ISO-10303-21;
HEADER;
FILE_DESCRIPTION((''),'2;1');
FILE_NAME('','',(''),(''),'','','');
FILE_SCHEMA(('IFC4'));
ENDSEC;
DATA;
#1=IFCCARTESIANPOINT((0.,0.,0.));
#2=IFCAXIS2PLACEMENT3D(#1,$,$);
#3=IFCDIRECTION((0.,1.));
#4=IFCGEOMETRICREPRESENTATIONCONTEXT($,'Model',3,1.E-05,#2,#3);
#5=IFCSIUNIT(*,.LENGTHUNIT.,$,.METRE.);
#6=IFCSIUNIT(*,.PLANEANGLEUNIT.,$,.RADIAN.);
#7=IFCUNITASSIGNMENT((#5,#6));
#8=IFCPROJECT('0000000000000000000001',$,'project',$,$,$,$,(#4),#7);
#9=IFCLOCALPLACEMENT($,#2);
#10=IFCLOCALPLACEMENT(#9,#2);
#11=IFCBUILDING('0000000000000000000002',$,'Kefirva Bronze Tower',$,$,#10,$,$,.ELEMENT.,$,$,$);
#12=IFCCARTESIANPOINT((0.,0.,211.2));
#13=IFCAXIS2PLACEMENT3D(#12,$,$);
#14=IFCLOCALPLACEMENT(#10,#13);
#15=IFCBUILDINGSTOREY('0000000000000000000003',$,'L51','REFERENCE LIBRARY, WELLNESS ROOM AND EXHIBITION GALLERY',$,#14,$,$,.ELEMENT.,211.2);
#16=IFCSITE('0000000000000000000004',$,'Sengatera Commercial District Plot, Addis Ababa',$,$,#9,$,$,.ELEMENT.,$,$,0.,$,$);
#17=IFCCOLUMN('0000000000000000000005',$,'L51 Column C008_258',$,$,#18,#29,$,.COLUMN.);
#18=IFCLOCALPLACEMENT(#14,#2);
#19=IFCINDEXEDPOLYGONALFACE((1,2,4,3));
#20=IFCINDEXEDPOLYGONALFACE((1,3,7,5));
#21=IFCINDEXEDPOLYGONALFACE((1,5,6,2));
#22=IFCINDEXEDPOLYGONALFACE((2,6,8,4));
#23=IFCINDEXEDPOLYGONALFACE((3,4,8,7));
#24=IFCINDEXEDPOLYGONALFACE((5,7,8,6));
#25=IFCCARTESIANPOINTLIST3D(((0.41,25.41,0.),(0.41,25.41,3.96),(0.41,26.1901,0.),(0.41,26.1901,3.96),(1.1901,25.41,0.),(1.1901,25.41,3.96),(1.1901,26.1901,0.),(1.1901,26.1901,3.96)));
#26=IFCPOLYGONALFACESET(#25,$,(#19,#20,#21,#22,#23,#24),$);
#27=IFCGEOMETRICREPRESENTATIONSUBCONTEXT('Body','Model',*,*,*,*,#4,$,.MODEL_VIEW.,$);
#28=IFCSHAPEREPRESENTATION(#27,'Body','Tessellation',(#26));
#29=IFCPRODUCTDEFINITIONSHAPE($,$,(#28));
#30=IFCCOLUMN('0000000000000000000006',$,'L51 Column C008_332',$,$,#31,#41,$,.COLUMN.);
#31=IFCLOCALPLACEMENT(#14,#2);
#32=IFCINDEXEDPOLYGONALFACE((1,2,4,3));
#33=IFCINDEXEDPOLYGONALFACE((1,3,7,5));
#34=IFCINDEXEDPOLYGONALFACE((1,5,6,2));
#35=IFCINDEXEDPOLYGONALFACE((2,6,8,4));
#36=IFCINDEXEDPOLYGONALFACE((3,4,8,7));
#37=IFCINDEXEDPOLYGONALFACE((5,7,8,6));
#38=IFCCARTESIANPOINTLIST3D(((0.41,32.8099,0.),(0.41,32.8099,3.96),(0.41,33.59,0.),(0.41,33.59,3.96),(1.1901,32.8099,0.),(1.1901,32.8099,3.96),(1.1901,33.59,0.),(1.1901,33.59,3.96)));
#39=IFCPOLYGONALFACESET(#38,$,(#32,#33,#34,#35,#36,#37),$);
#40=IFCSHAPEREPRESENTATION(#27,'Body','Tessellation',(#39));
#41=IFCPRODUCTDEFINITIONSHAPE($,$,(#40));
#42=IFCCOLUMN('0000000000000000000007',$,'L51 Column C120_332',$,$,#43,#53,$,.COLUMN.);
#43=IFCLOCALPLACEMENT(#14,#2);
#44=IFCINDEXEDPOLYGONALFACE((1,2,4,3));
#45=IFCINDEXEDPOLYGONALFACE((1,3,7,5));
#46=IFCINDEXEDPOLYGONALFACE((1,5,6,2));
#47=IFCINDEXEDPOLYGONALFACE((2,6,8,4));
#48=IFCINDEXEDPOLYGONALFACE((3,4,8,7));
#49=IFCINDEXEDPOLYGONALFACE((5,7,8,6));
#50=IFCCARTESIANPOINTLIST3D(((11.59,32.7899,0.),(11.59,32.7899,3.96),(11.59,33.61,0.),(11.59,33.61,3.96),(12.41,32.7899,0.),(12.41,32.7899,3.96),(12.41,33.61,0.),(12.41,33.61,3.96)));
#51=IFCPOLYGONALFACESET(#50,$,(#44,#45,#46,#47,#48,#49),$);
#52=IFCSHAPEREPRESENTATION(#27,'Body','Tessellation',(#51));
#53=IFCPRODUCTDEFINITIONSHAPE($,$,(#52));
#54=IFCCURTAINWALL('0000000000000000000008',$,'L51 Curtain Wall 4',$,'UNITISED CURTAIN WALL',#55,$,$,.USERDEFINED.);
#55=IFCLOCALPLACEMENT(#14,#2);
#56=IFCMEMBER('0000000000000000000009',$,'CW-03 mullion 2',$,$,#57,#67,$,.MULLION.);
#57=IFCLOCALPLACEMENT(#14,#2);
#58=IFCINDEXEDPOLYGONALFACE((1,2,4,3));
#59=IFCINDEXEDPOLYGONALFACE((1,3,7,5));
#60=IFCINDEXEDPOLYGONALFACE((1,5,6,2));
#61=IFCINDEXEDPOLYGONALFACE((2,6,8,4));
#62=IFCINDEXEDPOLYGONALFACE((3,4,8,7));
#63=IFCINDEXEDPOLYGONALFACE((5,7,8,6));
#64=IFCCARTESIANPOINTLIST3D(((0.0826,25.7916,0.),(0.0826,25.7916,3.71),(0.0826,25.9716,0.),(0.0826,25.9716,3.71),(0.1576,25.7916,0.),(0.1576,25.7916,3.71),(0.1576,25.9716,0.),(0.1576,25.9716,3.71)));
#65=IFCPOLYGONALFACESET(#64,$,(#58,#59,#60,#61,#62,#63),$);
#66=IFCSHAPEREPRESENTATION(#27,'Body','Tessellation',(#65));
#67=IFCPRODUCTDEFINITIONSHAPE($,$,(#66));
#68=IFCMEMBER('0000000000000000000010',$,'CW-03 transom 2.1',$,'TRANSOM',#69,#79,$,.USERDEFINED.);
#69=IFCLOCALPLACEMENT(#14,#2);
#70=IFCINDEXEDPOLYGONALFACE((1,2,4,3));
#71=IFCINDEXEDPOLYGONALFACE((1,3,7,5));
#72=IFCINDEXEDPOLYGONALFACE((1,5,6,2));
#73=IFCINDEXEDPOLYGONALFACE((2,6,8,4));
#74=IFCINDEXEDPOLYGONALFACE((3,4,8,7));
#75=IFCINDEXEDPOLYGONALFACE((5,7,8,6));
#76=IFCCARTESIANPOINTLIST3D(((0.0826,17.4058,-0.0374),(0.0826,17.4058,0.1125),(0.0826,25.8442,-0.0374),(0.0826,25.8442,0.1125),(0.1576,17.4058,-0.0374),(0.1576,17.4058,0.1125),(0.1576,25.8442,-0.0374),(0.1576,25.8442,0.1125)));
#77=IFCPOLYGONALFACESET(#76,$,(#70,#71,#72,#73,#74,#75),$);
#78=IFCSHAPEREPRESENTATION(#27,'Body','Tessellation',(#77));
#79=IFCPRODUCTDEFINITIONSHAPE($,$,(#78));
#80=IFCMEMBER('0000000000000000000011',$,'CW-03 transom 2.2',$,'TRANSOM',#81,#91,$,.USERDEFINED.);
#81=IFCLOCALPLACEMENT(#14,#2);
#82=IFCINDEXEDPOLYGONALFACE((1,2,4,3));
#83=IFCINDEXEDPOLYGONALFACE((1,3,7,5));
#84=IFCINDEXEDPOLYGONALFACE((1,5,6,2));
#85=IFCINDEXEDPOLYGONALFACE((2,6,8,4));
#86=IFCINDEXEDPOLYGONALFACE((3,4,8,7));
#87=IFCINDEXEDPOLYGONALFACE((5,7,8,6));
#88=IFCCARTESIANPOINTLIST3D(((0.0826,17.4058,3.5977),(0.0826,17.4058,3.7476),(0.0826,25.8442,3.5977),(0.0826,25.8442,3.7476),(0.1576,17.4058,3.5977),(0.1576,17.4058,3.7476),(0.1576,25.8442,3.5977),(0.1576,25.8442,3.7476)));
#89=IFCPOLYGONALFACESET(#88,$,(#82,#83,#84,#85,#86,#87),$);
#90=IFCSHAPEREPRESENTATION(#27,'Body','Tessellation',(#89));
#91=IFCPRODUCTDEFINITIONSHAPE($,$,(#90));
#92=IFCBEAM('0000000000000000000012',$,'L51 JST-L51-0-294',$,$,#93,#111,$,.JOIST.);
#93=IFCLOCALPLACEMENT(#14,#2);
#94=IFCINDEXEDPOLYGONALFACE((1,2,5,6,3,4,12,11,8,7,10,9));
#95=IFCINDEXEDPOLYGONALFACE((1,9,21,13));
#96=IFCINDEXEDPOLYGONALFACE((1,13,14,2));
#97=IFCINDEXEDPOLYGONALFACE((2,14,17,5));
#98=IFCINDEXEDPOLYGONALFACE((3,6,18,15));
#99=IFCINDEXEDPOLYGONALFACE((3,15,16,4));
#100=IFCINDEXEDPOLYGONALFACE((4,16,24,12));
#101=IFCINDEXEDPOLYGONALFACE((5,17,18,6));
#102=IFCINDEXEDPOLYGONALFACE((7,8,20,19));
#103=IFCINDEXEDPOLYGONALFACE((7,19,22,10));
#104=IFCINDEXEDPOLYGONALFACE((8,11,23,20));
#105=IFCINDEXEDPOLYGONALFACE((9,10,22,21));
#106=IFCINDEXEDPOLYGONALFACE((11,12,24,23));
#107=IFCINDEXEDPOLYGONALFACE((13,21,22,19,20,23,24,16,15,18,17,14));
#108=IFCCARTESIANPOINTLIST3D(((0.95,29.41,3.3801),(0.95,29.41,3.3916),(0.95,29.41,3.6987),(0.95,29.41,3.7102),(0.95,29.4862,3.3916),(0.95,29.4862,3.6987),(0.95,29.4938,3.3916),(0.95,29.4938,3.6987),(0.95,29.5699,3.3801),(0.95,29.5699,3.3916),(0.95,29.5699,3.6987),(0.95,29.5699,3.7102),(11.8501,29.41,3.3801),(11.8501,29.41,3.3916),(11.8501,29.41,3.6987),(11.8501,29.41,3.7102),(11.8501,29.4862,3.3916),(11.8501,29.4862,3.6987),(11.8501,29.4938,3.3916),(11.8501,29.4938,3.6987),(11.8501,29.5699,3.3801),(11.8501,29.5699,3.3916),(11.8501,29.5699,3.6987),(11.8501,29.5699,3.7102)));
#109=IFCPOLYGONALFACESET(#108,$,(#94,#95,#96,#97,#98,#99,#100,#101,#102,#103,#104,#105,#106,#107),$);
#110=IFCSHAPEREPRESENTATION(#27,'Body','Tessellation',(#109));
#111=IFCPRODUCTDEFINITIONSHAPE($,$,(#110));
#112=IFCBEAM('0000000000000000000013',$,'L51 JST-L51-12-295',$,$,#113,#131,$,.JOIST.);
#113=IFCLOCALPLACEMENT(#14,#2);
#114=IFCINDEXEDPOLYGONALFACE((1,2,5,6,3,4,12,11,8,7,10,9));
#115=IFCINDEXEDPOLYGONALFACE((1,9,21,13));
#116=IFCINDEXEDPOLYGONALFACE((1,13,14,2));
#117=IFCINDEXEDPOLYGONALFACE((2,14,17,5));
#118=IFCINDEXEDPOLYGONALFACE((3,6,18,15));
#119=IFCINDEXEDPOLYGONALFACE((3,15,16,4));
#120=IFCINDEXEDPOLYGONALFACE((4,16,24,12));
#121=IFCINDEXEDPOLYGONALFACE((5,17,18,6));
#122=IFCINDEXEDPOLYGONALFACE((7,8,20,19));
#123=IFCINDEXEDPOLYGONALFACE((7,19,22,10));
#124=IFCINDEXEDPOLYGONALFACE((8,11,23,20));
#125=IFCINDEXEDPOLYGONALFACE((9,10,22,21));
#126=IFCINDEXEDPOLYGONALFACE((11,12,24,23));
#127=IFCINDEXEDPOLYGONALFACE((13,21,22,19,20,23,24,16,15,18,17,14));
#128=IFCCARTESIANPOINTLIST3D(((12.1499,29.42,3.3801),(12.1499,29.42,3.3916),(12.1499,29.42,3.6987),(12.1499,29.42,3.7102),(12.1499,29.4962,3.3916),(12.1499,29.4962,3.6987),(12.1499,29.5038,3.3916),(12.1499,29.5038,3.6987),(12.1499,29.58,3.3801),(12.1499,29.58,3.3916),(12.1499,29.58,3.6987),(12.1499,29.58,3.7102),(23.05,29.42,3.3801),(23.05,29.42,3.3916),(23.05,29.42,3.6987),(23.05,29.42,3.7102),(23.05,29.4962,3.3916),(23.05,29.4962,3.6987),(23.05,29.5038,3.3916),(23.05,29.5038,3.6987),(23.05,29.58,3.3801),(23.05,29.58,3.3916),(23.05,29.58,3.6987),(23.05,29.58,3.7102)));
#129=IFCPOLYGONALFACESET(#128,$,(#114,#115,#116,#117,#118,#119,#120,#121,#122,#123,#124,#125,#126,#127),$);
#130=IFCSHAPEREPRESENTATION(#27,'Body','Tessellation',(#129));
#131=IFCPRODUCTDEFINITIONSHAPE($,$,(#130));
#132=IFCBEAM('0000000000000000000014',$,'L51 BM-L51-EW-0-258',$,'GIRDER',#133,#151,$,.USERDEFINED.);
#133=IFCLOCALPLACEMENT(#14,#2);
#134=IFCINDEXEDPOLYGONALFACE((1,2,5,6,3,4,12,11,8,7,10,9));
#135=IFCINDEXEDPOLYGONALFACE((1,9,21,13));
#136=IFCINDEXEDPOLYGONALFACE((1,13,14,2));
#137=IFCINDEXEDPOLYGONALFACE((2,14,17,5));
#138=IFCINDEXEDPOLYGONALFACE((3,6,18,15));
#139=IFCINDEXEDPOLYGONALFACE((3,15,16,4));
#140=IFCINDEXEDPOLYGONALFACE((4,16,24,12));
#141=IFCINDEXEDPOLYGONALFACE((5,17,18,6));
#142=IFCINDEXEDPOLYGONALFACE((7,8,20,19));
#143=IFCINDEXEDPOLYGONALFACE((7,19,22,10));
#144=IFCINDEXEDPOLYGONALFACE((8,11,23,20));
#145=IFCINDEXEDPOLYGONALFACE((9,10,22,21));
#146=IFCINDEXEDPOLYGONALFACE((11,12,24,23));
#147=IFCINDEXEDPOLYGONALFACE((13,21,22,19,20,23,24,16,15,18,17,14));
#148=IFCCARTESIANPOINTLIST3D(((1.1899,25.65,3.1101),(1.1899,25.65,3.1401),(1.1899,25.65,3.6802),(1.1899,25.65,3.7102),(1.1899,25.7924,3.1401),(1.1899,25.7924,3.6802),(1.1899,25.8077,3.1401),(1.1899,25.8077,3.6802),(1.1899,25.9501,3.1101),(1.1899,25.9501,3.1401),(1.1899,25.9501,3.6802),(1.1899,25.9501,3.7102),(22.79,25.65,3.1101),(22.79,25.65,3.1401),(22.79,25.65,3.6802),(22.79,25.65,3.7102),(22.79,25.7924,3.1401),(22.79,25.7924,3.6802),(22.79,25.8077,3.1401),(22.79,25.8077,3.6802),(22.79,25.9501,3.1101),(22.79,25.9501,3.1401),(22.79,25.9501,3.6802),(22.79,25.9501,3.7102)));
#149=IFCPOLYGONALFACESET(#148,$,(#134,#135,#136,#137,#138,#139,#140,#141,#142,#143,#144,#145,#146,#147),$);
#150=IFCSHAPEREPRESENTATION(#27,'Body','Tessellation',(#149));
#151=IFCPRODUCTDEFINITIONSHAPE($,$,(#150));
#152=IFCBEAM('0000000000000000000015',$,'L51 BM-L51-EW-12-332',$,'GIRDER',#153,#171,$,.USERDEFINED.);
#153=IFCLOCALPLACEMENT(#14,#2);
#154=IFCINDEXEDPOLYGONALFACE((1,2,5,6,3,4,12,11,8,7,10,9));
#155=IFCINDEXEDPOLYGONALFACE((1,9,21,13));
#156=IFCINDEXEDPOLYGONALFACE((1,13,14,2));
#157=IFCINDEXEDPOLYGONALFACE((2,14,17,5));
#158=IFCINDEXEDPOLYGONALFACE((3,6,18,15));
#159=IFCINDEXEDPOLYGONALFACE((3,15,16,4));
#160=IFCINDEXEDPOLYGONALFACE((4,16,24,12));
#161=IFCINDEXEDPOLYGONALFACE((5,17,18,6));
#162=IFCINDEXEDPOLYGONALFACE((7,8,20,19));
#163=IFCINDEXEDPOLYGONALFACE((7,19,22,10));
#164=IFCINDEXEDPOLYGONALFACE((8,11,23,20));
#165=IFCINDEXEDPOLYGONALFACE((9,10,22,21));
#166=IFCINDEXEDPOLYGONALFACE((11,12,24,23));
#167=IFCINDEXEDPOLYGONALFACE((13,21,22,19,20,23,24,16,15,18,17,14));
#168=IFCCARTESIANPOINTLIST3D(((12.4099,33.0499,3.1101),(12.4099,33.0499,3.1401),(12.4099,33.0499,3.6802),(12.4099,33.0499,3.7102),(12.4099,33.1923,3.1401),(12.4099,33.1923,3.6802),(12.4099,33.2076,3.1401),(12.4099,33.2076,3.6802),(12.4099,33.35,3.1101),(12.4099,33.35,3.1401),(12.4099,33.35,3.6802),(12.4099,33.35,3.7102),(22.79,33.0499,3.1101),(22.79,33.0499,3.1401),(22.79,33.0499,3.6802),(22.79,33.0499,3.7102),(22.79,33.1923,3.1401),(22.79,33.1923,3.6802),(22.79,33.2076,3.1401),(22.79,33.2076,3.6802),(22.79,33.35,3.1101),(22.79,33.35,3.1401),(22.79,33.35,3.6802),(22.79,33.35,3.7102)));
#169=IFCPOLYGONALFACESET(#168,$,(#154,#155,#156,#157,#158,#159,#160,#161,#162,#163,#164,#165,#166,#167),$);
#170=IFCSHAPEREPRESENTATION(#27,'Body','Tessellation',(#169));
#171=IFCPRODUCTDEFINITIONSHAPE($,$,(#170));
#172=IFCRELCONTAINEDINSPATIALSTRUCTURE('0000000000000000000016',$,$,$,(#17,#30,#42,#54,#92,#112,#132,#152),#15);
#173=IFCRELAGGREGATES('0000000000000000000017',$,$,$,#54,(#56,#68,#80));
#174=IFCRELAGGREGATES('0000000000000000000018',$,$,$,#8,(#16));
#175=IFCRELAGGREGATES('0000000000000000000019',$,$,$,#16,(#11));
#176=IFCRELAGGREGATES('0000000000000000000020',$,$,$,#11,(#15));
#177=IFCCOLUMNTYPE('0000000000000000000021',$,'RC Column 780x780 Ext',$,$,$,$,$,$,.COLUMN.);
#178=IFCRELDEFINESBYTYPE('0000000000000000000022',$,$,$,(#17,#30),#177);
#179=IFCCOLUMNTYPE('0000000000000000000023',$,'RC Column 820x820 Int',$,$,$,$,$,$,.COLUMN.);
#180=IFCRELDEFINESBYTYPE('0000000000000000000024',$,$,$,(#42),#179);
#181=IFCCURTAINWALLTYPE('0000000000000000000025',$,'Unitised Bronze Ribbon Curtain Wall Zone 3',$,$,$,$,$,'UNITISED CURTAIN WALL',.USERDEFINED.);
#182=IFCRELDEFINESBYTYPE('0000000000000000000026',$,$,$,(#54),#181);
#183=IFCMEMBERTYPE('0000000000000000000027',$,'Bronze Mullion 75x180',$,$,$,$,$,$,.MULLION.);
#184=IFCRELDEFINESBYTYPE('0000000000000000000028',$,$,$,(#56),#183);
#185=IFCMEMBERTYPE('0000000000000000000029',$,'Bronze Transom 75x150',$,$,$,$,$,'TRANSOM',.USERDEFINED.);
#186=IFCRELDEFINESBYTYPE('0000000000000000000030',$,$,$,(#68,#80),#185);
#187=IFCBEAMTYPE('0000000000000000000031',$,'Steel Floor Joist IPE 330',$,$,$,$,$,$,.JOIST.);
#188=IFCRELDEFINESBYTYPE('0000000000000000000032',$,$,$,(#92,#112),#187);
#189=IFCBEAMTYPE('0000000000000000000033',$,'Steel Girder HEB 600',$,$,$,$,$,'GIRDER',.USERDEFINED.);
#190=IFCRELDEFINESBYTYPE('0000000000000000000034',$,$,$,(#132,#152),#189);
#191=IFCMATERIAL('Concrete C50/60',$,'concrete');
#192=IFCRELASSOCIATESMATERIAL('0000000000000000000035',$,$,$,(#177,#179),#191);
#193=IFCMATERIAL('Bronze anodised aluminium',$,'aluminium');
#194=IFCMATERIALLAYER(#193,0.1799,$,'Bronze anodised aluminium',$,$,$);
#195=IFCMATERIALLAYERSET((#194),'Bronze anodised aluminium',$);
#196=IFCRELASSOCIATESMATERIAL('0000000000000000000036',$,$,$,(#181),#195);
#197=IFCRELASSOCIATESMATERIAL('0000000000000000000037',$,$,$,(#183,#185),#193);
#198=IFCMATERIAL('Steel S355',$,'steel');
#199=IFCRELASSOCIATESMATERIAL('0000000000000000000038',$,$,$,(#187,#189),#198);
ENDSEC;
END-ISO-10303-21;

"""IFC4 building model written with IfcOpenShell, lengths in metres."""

from ifc_helpers import new_model, si_unit, direction, frame, origin, origin_2d, place, context, subcontext, project, spatial, rectangle, i_section, extrude, material, layer, layer_set, material_profile, profile_set, type_object, element, aggregate, save


model = new_model("IFC4")

# Units and contexts
model_context = context("Model", 3, precision=1e-05, world=origin(), true_north=direction((0.0, 1.0)))
body_context = subcontext(model_context, "Body", "Model", "MODEL_VIEW")
ifc_project = project(units=[si_unit("LENGTHUNIT", "METRE"), si_unit("PLANEANGLEUNIT", "RADIAN")], contexts=[model_context])

# Site, building, storey
site_placement = place(None, origin())
site = spatial("IfcSite", under=ifc_project, at=site_placement, Name="Sengatera Commercial District Plot, Addis Ababa", CompositionType="ELEMENT", RefElevation=0.0)
building_placement = place(site_placement, origin())
building = spatial("IfcBuilding", under=site, at=building_placement, Name="Kefirva Bronze Tower", CompositionType="ELEMENT")
storey_placement = place(building_placement, frame((0.0, 0.0, 211.2)))
storey = spatial("IfcBuildingStorey", under=building, at=storey_placement, Name="L51", Description="REFERENCE LIBRARY, WELLNESS ROOM AND EXHIBITION GALLERY", CompositionType="ELEMENT", Elevation=211.2)

# Columns
ifc_material_1 = material(Name="Concrete C50/60", Category="concrete")
ifc_material_profile_1 = material_profile(ifc_material_1, rectangle(XDim=0.78, YDim=0.78, at=origin_2d()), Name="RC 780x780")
ifc_profile_set_1 = profile_set([ifc_material_profile_1], Name="Concrete C50/60")
column_type_1 = type_object("IfcColumnType", Name="RC Column 780x780 Ext", PredefinedType="COLUMN", material=ifc_profile_set_1)
for number, where, z_axis, x_axis, name in (
    (1, (0.8, 25.8, 0.0), (0.0, 0.0, 1.0), (1.0, 0.0, 0.0), "L51 Column C008_258"),
    (2, (0.8, 33.2, 0.0), (0.0, 0.0, 1.0), (1.0, 0.0, 0.0), "L51 Column C008_332"),
):
    element("IfcColumn", number, at=place(storey_placement, frame(where, z_axis=z_axis, x_axis=x_axis)), inside=storey, type_object=column_type_1, Name=name, PredefinedType="COLUMN", context=body_context, shape_type="SweptSolid", body=[
        extrude(rectangle(XDim=0.78, YDim=0.78, at=origin_2d()), origin(), (0.0, 0.0, 1.0), 3.96),
    ])
ifc_material_profile_2 = material_profile(ifc_material_1, rectangle(XDim=0.8201, YDim=0.8201, at=origin_2d()), Name="RC 820x820")
ifc_profile_set_2 = profile_set([ifc_material_profile_2], Name="Concrete C50/60")
column_type_2 = type_object("IfcColumnType", Name="RC Column 820x820 Int", PredefinedType="COLUMN", material=ifc_profile_set_2)
column_placement = place(storey_placement, frame((12.0, 33.2, 0.0), z_axis=(0.0, 0.0, 1.0), x_axis=(1.0, 0.0, 0.0)))
element("IfcColumn", 3, at=column_placement, inside=storey, type_object=column_type_2, Name="L51 Column C120_332", PredefinedType="COLUMN", context=body_context, shape_type="SweptSolid", body=[
    extrude(rectangle(XDim=0.8201, YDim=0.8201, at=origin_2d()), origin(), (0.0, 0.0, 1.0), 3.96),
])

# Curtain wall, members
ifc_material_2 = material(Name="Bronze anodised aluminium", Category="aluminium")
ifc_layer_1 = layer(ifc_material_2, 0.1799, Name="Bronze anodised aluminium")
ifc_layer_set_1 = layer_set([ifc_layer_1], Name="Bronze anodised aluminium")
curtain_wall_type = type_object("IfcCurtainWallType", Name="Unitised Bronze Ribbon Curtain Wall Zone 3", ElementType="UNITISED CURTAIN WALL", PredefinedType="USERDEFINED", material=ifc_layer_set_1)
curtain_wall_placement = place(storey_placement, origin())
curtain_wall = element("IfcCurtainWall", 4, at=curtain_wall_placement, inside=storey, type_object=curtain_wall_type, Name="L51 Curtain Wall 4", ObjectType="UNITISED CURTAIN WALL", PredefinedType="USERDEFINED")
ifc_material_profile_3 = material_profile(ifc_material_2, rectangle(XDim=0.075, YDim=0.1799, at=origin_2d()), Name="ALU 75x180")
ifc_profile_set_3 = profile_set([ifc_material_profile_3], Name="Bronze anodised aluminium")
member_type_1 = type_object("IfcMemberType", Name="Bronze Mullion 75x180", PredefinedType="MULLION", material=ifc_profile_set_3)
member_1_placement = place(storey_placement, frame((0.1201, 25.8816, 0.0), z_axis=(0.0, 0.0, 1.0), x_axis=(1.0, 0.0, 0.0)))
member_1 = element("IfcMember", 5, at=member_1_placement, type_object=member_type_1, Name="CW-03 mullion 2", PredefinedType="MULLION", context=body_context, shape_type="SweptSolid", body=[
    extrude(rectangle(XDim=0.075, YDim=0.1799, at=origin_2d()), origin(), (0.0, 0.0, 1.0), 3.71),
])
ifc_material_profile_4 = material_profile(ifc_material_2, rectangle(XDim=0.075, YDim=0.1499, at=origin_2d()), Name="ALU 75x150")
ifc_profile_set_4 = profile_set([ifc_material_profile_4], Name="Bronze anodised aluminium")
member_type_2 = type_object("IfcMemberType", Name="Bronze Transom 75x150", ElementType="TRANSOM", PredefinedType="USERDEFINED", material=ifc_profile_set_4)
member_2_placement = place(storey_placement, frame((0.1201, 25.8442, 0.0376), z_axis=(0.0, -1.0, 0.0), x_axis=(1.0, 0.0, 0.0)))
member_2 = element("IfcMember", 6, at=member_2_placement, type_object=member_type_2, Name="CW-03 transom 2.1", ObjectType="TRANSOM", PredefinedType="USERDEFINED", context=body_context, shape_type="SweptSolid", body=[
    extrude(rectangle(XDim=0.075, YDim=0.1499, at=origin_2d()), origin(), (0.0, 0.0, 1.0), 8.4385),
])
member_3_placement = place(storey_placement, frame((0.1201, 25.8442, 3.6726), z_axis=(0.0, -1.0, 0.0), x_axis=(1.0, 0.0, 0.0)))
member_3 = element("IfcMember", 7, at=member_3_placement, type_object=member_type_2, Name="CW-03 transom 2.2", ObjectType="TRANSOM", PredefinedType="USERDEFINED", context=body_context, shape_type="SweptSolid", body=[
    extrude(rectangle(XDim=0.075, YDim=0.1499, at=origin_2d()), origin(), (0.0, 0.0, 1.0), 8.4385),
])

# Beams
ifc_material_3 = material(Name="Steel S355", Category="steel")
ifc_material_profile_5 = material_profile(ifc_material_3, i_section(OverallWidth=0.1599, OverallDepth=0.3301, WebThickness=0.0076, FlangeThickness=0.0115, at=origin_2d()), Name="IPE 330")
ifc_profile_set_5 = profile_set([ifc_material_profile_5], Name="Steel S355")
beam_type_1 = type_object("IfcBeamType", Name="Steel Floor Joist IPE 330", PredefinedType="JOIST", material=ifc_profile_set_5)
for number, where, z_axis, x_axis, name in (
    (8, (0.95, 29.49, 3.5452), (1.0, 0.0, 0.0), (0.0, 1.0, 0.0), "L51 JST-L51-0-294"),
    (9, (12.1499, 29.5, 3.5452), (1.0, 0.0, 0.0), (0.0, 1.0, 0.0), "L51 JST-L51-12-295"),
):
    element("IfcBeam", number, at=place(storey_placement, frame(where, z_axis=z_axis, x_axis=x_axis)), inside=storey, type_object=beam_type_1, Name=name, PredefinedType="JOIST", context=body_context, shape_type="SweptSolid", body=[
        extrude(i_section(OverallWidth=0.1599, OverallDepth=0.3301, WebThickness=0.0076, FlangeThickness=0.0115, at=origin_2d()), origin(), (0.0, 0.0, 1.0), 10.9001),
    ])
ifc_material_profile_6 = material_profile(ifc_material_3, i_section(OverallWidth=0.3, OverallDepth=0.6001, WebThickness=0.0154, FlangeThickness=0.03, at=origin_2d()), Name="HEB 600")
ifc_profile_set_6 = profile_set([ifc_material_profile_6], Name="Steel S355")
beam_type_2 = type_object("IfcBeamType", Name="Steel Girder HEB 600", ElementType="GIRDER", PredefinedType="USERDEFINED", material=ifc_profile_set_6)
beam_1_placement = place(storey_placement, frame((1.1899, 25.8, 3.4102), z_axis=(1.0, 0.0, 0.0), x_axis=(0.0, 1.0, 0.0)))
element("IfcBeam", 10, at=beam_1_placement, inside=storey, type_object=beam_type_2, Name="L51 BM-L51-EW-0-258", ObjectType="GIRDER", PredefinedType="USERDEFINED", context=body_context, shape_type="SweptSolid", body=[
    extrude(i_section(OverallWidth=0.3, OverallDepth=0.6001, WebThickness=0.0154, FlangeThickness=0.03, at=origin_2d()), origin(), (0.0, 0.0, 1.0), 21.6001),
])
beam_2_placement = place(storey_placement, frame((12.4099, 33.2, 3.4102), z_axis=(1.0, 0.0, 0.0), x_axis=(0.0, 1.0, 0.0)))
element("IfcBeam", 11, at=beam_2_placement, inside=storey, type_object=beam_type_2, Name="L51 BM-L51-EW-12-332", ObjectType="GIRDER", PredefinedType="USERDEFINED", context=body_context, shape_type="SweptSolid", body=[
    extrude(i_section(OverallWidth=0.3, OverallDepth=0.6001, WebThickness=0.0154, FlangeThickness=0.03, at=origin_2d()), origin(), (0.0, 0.0, 1.0), 10.3801),
])

aggregate(curtain_wall, [member_1, member_2, member_3])

save(model, "model.ifc")
